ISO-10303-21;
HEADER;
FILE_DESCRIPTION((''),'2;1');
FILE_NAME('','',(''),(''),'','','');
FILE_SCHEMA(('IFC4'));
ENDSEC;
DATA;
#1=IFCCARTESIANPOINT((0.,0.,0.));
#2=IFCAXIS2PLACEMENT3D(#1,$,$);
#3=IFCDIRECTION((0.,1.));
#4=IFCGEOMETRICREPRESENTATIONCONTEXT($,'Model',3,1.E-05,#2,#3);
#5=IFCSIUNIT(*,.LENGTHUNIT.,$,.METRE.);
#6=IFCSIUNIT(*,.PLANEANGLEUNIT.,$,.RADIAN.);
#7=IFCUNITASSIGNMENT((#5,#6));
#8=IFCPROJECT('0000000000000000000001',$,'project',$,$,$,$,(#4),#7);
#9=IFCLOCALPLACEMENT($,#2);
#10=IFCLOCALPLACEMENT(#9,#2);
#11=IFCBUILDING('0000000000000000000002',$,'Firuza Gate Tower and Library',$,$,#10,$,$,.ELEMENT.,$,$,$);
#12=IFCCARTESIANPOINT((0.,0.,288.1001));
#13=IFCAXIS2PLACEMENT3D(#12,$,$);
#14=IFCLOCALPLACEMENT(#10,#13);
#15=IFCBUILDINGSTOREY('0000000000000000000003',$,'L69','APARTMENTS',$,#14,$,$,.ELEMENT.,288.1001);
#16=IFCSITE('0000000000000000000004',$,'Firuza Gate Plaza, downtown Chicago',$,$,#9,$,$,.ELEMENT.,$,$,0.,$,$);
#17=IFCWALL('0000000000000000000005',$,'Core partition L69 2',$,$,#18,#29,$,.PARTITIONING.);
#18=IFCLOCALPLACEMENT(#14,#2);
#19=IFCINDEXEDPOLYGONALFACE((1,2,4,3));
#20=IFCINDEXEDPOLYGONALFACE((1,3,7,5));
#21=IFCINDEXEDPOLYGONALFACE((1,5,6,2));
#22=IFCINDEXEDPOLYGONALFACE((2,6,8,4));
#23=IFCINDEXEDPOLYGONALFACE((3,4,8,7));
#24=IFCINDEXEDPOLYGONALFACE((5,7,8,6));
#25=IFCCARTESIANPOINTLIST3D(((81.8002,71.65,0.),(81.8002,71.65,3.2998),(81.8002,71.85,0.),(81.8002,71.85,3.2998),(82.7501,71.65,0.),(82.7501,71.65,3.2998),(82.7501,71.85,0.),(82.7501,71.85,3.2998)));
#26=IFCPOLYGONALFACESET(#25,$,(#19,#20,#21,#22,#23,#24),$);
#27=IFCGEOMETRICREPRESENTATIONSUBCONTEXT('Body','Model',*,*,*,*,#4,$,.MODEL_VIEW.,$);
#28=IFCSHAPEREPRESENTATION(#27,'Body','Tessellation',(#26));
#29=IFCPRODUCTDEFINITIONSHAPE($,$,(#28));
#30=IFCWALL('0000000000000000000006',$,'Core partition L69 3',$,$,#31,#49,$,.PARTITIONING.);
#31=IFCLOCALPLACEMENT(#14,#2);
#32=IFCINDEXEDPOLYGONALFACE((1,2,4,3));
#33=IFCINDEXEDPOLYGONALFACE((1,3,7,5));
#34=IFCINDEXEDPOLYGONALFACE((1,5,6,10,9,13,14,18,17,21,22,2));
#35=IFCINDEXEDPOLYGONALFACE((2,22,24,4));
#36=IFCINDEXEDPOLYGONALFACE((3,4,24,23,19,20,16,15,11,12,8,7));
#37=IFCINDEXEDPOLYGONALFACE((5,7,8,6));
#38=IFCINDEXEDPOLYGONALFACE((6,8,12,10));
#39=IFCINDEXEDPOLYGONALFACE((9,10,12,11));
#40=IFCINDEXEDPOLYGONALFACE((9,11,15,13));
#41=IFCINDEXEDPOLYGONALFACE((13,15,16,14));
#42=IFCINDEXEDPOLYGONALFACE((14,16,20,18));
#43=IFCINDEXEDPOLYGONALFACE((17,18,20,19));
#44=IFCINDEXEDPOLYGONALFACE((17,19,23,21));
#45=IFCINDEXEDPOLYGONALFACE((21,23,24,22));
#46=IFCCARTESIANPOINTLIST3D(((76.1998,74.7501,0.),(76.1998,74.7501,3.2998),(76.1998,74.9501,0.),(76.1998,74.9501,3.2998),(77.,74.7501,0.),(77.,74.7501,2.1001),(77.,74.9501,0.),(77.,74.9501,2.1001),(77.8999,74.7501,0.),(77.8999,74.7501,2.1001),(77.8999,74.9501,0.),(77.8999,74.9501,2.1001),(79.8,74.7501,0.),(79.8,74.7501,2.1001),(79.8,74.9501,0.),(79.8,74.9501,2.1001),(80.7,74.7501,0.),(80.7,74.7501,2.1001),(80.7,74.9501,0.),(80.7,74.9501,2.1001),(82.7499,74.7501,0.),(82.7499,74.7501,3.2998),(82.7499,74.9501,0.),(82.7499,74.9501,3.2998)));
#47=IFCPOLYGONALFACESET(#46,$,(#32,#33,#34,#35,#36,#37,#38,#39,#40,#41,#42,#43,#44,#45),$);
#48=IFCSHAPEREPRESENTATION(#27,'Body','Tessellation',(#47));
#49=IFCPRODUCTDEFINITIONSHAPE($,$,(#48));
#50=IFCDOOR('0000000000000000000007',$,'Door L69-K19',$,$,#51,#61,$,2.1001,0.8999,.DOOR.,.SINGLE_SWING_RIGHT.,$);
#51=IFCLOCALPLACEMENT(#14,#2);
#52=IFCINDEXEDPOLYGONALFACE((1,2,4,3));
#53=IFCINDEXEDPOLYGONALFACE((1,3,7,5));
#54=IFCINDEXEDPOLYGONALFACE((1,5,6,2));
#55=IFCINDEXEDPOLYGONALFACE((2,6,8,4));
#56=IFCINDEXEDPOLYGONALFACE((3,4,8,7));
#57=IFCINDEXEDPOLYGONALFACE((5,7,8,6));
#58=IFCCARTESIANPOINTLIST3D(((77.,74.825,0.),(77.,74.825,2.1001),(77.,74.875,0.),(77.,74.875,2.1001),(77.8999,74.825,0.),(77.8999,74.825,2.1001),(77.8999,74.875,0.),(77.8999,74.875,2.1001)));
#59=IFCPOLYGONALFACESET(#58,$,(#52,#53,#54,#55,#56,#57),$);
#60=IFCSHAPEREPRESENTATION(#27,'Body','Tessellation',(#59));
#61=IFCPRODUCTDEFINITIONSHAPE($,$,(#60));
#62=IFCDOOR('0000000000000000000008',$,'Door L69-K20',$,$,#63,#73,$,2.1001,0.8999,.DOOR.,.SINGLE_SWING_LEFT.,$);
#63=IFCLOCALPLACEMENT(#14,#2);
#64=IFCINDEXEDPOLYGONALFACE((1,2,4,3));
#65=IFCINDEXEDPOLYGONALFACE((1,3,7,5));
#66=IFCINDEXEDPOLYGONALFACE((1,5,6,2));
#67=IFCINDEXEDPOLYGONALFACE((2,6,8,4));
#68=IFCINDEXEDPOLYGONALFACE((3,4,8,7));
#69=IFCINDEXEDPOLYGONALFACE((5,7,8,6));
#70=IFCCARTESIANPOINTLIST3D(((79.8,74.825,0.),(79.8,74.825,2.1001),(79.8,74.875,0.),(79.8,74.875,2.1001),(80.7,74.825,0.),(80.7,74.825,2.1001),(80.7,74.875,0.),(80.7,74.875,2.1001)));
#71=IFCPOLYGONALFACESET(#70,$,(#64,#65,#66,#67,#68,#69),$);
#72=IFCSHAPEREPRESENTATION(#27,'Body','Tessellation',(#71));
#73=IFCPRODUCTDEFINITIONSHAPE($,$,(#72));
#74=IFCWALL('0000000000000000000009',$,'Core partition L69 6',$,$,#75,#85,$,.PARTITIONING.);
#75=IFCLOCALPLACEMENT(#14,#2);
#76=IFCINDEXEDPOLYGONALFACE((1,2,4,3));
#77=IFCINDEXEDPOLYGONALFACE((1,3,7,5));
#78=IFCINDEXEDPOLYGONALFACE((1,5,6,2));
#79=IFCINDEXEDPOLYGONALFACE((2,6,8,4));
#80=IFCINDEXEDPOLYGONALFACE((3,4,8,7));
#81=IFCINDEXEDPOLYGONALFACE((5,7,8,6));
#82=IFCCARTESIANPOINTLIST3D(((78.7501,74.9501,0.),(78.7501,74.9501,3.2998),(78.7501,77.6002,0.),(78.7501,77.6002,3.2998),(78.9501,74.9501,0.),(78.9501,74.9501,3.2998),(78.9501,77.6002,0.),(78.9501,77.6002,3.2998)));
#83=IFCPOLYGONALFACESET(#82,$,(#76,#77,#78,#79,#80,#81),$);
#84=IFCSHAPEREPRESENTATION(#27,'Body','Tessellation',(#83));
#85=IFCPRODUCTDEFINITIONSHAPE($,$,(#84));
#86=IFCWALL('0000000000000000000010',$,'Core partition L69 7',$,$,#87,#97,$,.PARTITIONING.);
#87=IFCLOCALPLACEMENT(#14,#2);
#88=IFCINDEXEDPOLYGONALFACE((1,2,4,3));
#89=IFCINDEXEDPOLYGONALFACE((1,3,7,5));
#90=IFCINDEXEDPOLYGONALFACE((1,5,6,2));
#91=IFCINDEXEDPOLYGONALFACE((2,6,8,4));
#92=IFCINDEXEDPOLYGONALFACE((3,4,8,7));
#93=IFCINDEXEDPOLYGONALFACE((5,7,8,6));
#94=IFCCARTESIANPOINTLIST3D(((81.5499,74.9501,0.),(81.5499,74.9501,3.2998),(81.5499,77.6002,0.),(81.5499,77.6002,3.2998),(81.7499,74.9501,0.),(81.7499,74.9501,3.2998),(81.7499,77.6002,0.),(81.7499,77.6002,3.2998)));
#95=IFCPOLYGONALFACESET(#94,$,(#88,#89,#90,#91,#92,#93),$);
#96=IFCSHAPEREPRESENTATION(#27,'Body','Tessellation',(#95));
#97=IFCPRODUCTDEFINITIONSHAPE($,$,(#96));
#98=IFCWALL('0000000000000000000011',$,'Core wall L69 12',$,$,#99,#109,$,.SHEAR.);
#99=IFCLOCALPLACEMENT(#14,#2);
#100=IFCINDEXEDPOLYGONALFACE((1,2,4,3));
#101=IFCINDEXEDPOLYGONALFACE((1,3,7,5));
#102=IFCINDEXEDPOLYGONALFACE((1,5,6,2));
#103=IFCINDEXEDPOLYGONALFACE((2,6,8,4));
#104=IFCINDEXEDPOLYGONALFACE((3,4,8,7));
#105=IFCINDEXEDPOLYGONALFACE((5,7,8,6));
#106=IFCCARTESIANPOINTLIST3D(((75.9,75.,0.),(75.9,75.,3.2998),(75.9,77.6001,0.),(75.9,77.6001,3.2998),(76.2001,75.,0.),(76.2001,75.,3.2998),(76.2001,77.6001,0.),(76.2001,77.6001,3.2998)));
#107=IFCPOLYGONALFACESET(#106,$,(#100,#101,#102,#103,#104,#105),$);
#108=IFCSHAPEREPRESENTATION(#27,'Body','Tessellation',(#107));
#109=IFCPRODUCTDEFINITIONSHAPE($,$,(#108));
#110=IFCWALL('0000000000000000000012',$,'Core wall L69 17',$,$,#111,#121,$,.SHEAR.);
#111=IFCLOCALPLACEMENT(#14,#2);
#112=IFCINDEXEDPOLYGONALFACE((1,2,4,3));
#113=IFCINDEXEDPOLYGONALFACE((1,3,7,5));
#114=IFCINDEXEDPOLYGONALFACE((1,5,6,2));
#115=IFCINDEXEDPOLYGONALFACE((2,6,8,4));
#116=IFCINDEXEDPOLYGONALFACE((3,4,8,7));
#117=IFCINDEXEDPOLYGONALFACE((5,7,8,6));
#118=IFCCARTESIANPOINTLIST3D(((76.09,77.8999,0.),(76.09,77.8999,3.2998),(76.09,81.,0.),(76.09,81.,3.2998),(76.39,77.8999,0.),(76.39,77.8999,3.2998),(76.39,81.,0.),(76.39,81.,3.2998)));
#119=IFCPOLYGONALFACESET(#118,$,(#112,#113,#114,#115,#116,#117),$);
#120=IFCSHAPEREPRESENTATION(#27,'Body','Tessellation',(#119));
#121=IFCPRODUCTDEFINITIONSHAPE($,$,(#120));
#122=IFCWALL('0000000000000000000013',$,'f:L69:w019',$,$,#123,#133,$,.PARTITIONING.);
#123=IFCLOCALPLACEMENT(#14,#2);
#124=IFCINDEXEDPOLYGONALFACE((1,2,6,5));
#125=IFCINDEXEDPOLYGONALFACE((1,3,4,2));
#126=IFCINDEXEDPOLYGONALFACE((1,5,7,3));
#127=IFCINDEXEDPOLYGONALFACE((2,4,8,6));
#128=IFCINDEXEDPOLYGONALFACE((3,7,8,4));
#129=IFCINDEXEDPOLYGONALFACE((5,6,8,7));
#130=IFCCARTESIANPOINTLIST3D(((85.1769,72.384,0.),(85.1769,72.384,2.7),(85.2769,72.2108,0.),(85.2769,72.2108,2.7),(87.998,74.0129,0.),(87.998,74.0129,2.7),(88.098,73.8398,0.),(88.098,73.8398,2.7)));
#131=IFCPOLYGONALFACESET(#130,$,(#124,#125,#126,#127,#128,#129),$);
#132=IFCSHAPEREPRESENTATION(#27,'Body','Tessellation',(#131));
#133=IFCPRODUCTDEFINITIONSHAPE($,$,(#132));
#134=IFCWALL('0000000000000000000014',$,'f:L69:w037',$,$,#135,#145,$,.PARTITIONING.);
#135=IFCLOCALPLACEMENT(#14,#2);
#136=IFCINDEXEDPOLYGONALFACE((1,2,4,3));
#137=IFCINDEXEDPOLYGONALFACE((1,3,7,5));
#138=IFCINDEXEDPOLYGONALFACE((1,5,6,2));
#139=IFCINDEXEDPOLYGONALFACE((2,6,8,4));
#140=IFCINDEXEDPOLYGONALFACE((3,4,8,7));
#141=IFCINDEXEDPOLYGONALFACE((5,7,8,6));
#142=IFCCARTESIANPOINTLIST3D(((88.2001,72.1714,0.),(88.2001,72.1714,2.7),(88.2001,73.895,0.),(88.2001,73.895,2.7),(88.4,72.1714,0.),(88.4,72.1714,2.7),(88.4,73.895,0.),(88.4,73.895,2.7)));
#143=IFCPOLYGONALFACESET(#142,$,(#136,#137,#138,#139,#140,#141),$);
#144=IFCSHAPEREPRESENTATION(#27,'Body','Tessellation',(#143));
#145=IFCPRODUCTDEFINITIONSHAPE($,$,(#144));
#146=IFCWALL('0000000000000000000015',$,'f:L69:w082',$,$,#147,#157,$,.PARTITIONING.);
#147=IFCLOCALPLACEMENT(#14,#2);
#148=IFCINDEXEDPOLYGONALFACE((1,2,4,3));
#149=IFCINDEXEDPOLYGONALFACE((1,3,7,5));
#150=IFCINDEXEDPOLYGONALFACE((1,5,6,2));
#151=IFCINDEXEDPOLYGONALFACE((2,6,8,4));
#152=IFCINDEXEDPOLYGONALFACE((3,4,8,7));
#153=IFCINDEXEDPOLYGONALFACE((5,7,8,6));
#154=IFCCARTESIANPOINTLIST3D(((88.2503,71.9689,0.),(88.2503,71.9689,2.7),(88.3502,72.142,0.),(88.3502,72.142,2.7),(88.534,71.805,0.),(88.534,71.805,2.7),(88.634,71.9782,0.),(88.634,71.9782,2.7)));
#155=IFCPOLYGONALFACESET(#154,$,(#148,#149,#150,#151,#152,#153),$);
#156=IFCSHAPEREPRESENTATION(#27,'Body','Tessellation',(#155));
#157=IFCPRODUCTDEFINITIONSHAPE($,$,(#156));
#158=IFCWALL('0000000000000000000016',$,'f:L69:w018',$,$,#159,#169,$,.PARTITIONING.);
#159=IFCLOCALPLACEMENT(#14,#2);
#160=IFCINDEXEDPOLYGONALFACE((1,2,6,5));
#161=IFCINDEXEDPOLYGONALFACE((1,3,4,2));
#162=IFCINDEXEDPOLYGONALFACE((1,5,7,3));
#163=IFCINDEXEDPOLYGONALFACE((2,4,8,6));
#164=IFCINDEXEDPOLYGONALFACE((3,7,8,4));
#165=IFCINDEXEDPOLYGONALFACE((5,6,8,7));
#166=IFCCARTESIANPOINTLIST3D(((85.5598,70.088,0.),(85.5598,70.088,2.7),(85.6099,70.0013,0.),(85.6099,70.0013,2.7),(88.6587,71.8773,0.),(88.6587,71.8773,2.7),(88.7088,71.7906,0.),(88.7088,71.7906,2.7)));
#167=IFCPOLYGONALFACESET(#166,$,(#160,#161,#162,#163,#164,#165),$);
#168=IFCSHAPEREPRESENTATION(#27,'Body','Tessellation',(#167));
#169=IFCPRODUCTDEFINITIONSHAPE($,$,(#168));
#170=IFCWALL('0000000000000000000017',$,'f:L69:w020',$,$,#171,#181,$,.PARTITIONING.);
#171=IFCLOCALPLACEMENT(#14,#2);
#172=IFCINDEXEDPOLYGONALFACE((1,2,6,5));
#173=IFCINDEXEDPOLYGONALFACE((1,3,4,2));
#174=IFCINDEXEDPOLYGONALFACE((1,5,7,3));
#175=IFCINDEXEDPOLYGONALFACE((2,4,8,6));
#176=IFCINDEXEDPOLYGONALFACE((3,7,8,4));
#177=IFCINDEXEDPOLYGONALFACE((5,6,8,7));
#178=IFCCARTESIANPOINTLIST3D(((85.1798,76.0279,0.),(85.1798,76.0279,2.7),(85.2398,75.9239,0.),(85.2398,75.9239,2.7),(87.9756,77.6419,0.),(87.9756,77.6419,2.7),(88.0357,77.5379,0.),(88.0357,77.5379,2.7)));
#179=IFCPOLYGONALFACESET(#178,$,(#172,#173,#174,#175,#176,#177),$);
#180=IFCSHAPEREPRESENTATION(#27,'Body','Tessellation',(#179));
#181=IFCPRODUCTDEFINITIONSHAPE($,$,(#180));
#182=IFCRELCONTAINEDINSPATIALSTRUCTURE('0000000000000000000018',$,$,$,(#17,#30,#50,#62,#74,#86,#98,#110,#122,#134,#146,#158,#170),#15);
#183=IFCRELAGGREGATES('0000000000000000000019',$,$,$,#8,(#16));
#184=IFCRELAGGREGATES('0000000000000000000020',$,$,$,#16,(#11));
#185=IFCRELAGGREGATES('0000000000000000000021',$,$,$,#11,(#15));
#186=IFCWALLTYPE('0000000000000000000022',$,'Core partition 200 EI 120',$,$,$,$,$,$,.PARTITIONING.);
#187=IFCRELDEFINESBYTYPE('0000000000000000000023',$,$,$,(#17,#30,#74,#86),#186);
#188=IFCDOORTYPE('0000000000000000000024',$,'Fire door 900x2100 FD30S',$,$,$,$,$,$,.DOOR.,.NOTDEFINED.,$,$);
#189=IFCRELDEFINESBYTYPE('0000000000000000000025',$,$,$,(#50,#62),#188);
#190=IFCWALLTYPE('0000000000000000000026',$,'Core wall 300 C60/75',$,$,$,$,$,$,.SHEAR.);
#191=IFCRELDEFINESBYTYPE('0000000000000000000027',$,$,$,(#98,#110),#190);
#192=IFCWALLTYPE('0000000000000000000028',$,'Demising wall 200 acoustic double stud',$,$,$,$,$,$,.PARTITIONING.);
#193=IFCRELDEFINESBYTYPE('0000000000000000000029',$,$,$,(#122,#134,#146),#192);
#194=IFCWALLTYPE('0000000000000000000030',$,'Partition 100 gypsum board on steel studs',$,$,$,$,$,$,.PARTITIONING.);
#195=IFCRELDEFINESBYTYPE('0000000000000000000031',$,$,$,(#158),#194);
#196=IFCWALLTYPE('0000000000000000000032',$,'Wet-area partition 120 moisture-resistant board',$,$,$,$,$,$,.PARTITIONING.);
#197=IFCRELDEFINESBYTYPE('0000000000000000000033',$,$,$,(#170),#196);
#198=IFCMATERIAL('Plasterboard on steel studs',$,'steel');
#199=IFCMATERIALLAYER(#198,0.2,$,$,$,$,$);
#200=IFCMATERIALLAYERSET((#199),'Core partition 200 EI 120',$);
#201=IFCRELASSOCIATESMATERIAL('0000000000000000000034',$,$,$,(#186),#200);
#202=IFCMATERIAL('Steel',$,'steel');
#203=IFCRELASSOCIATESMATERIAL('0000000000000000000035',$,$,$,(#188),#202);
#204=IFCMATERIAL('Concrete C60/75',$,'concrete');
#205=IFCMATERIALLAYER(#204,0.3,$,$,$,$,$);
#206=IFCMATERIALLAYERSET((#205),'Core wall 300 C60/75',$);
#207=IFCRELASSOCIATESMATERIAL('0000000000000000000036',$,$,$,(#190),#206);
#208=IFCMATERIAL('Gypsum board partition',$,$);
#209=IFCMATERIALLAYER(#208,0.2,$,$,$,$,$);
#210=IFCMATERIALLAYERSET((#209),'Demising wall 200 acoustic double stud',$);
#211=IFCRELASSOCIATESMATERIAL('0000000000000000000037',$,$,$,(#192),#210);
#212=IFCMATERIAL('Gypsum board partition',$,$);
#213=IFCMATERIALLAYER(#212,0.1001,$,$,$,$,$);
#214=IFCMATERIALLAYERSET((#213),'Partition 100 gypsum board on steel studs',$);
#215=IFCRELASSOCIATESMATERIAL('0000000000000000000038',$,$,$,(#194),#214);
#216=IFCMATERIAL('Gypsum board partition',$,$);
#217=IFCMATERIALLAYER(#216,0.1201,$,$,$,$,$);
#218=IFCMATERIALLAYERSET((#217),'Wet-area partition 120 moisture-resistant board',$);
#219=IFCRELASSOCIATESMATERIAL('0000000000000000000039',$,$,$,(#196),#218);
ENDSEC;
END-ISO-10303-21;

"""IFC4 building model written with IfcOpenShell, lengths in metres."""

from ifc_helpers import new_model, si_unit, direction, frame, frame_2d, origin, place, context, subcontext, project, spatial, rectangle, extrude, material, layer, layer_set, type_object, element, fill, save


model = new_model("IFC4")

# Units and contexts
model_context = context("Model", 3, precision=1e-05, world=origin(), true_north=direction((0.0, 1.0)))
body_context = subcontext(model_context, "Body", "Model", "MODEL_VIEW")
ifc_project = project(units=[si_unit("LENGTHUNIT", "METRE"), si_unit("PLANEANGLEUNIT", "RADIAN")], contexts=[model_context])

# Site, building, storey
site_placement = place(None, origin())
site = spatial("IfcSite", under=ifc_project, at=site_placement, Name="Firuza Gate Plaza, downtown Chicago", CompositionType="ELEMENT", RefElevation=0.0)
building_placement = place(site_placement, origin())
building = spatial("IfcBuilding", under=site, at=building_placement, Name="Firuza Gate Tower and Library", CompositionType="ELEMENT")
storey_placement = place(building_placement, frame((0.0, 0.0, 288.1001)))
storey = spatial("IfcBuildingStorey", under=building, at=storey_placement, Name="L69", Description="APARTMENTS", CompositionType="ELEMENT", Elevation=288.1001)

# Wall
ifc_material_1 = material(Name="Plasterboard on steel studs", Category="steel")
ifc_layer_1 = layer(ifc_material_1, 0.2)
ifc_layer_set_1 = layer_set([ifc_layer_1], Name="Core partition 200 EI 120")
wall_type_1 = type_object("IfcWallType", Name="Core partition 200 EI 120", PredefinedType="PARTITIONING", material=ifc_layer_set_1)
wall_1_placement = place(storey_placement, frame((81.8, 71.75, 0.0), z_axis=(0.0, 0.0, 1.0), x_axis=(1.0, 0.0, 0.0)))
element("IfcWall", 1, at=wall_1_placement, inside=storey, type_object=wall_type_1, Name="Core partition L69 2", PredefinedType="PARTITIONING", context=body_context, shape_type="SweptSolid", body=[
    extrude(rectangle(XDim=0.95, YDim=0.2, at=frame_2d((0.4751, 0.0))), origin(), (0.0, 0.0, 1.0), 3.2998),
])

# Wall, openings, doors
wall_2_placement = place(storey_placement, frame((76.2, 74.8501, 0.0), z_axis=(0.0, 0.0, 1.0), x_axis=(1.0, 0.0, 0.0)))
wall_2 = element("IfcWall", 2, at=wall_2_placement, inside=storey, type_object=wall_type_1, Name="Core partition L69 3", PredefinedType="PARTITIONING", context=body_context, shape_type="SweptSolid", body=[
    extrude(rectangle(XDim=6.55, YDim=0.2, at=frame_2d((3.2749, 0.0))), origin(), (0.0, 0.0, 1.0), 3.2998),
])
opening_1_placement = place(wall_2_placement, frame((0.8, 0.0, 0.0)))
opening_1 = element("IfcOpeningElement", 3, at=opening_1_placement, cuts=wall_2, PredefinedType="OPENING", context=body_context, shape_type="SweptSolid", body=[
    extrude(rectangle(XDim=0.8999, YDim=2.1001, at=frame_2d((0.45, 1.05))), frame((0.0, 0.1099, 0.0), z_axis=(0.0, -1.0, 0.0), x_axis=(1.0, 0.0, 0.0)), (0.0, 0.0, 1.0), 0.22),
])
opening_2_placement = place(wall_2_placement, frame((3.6001, 0.0, 0.0)))
opening_2 = element("IfcOpeningElement", 4, at=opening_2_placement, cuts=wall_2, PredefinedType="OPENING", context=body_context, shape_type="SweptSolid", body=[
    extrude(rectangle(XDim=0.8999, YDim=2.1001, at=frame_2d((0.45, 1.05))), frame((0.0, 0.1099, 0.0), z_axis=(0.0, -1.0, 0.0), x_axis=(1.0, 0.0, 0.0)), (0.0, 0.0, 1.0), 0.22),
])
ifc_material_2 = material(Name="Steel", Category="steel")
door_type = type_object("IfcDoorType", Name="Fire door 900x2100 FD30S", OperationType="NOTDEFINED", PredefinedType="DOOR", material=ifc_material_2)
door_1_placement = place(opening_1_placement, origin())
door_1 = element("IfcDoor", 5, at=door_1_placement, inside=storey, type_object=door_type, Name="Door L69-K19", OperationType="SINGLE_SWING_RIGHT", OverallHeight=2.1001, OverallWidth=0.8999, PredefinedType="DOOR", context=body_context, shape_type="SweptSolid", body=[
    extrude(rectangle(XDim=0.8999, YDim=2.1001, at=frame_2d((0.45, 1.05))), frame((0.0, 0.0249, 0.0), z_axis=(0.0, -1.0, 0.0), x_axis=(1.0, 0.0, 0.0)), (0.0, 0.0, 1.0), 0.05),
])
fill(opening_1, door_1)
door_2_placement = place(opening_2_placement, origin())
door_2 = element("IfcDoor", 6, at=door_2_placement, inside=storey, type_object=door_type, Name="Door L69-K20", OperationType="SINGLE_SWING_LEFT", OverallHeight=2.1001, OverallWidth=0.8999, PredefinedType="DOOR", context=body_context, shape_type="SweptSolid", body=[
    extrude(rectangle(XDim=0.8999, YDim=2.1001, at=frame_2d((0.45, 1.05))), frame((0.0, 0.0249, 0.0), z_axis=(0.0, -1.0, 0.0), x_axis=(1.0, 0.0, 0.0)), (0.0, 0.0, 1.0), 0.05),
])
fill(opening_2, door_2)

# Walls
for number, where, z_axis, x_axis, name in (
    (7, (78.8501, 74.95, 0.0), (0.0, 0.0, 1.0), (0.0, 1.0, 0.0), "Core partition L69 6"),
    (8, (81.6499, 74.95, 0.0), (0.0, 0.0, 1.0), (0.0, 1.0, 0.0), "Core partition L69 7"),
):
    element("IfcWall", number, at=place(storey_placement, frame(where, z_axis=z_axis, x_axis=x_axis)), inside=storey, type_object=wall_type_1, Name=name, PredefinedType="PARTITIONING", context=body_context, shape_type="SweptSolid", body=[
        extrude(rectangle(XDim=2.6501, YDim=0.2, at=frame_2d((1.3252, 0.0))), origin(), (0.0, 0.0, 1.0), 3.2998),
    ])
ifc_material_3 = material(Name="Concrete C60/75", Category="concrete")
ifc_layer_2 = layer(ifc_material_3, 0.3)
ifc_layer_set_2 = layer_set([ifc_layer_2], Name="Core wall 300 C60/75")
wall_type_2 = type_object("IfcWallType", Name="Core wall 300 C60/75", PredefinedType="SHEAR", material=ifc_layer_set_2)
wall_3_placement = place(storey_placement, frame((76.05, 75.0, 0.0), z_axis=(0.0, 0.0, 1.0), x_axis=(0.0, 1.0, 0.0)))
element("IfcWall", 9, at=wall_3_placement, inside=storey, type_object=wall_type_2, Name="Core wall L69 12", PredefinedType="SHEAR", context=body_context, shape_type="SweptSolid", body=[
    extrude(rectangle(XDim=2.6001, YDim=0.3, at=frame_2d((1.3, 0.0))), origin(), (0.0, 0.0, 1.0), 3.2998),
])
wall_4_placement = place(storey_placement, frame((76.24, 77.8999, 0.0), z_axis=(0.0, 0.0, 1.0), x_axis=(0.0, 1.0, 0.0)))
element("IfcWall", 10, at=wall_4_placement, inside=storey, type_object=wall_type_2, Name="Core wall L69 17", PredefinedType="SHEAR", context=body_context, shape_type="SweptSolid", body=[
    extrude(rectangle(XDim=3.1001, YDim=0.3, at=frame_2d((1.55, 0.0))), origin(), (0.0, 0.0, 1.0), 3.2998),
])
ifc_material_4 = material(Name="Gypsum board partition")
ifc_layer_3 = layer(ifc_material_4, 0.2)
ifc_layer_set_3 = layer_set([ifc_layer_3], Name="Demising wall 200 acoustic double stud")
wall_type_3 = type_object("IfcWallType", Name="Demising wall 200 acoustic double stud", PredefinedType="PARTITIONING", material=ifc_layer_set_3)
wall_5_placement = place(storey_placement, frame((85.2268, 72.2974, 0.0), z_axis=(0.0, 0.0, 1.0), x_axis=(0.866002, 0.50004, 0.0)))
element("IfcWall", 11, at=wall_5_placement, inside=storey, type_object=wall_type_3, Name="f:L69:w019", PredefinedType="PARTITIONING", context=body_context, shape_type="SweptSolid", body=[
    extrude(rectangle(XDim=3.2576, YDim=0.2, at=frame_2d((1.6289, 0.0))), origin(), (0.0, 0.0, 1.0), 2.7),
])
wall_6_placement = place(storey_placement, frame((88.3, 72.1714, 0.0), z_axis=(0.0, 0.0, 1.0), x_axis=(0.0, 1.0, 0.0)))
element("IfcWall", 12, at=wall_6_placement, inside=storey, type_object=wall_type_3, Name="f:L69:w037", PredefinedType="PARTITIONING", context=body_context, shape_type="SweptSolid", body=[
    extrude(rectangle(XDim=1.7236, YDim=0.2, at=frame_2d((0.8618, 0.0))), origin(), (0.0, 0.0, 1.0), 2.7),
])
wall_7_placement = place(storey_placement, frame((88.584, 71.8916, 0.0), z_axis=(0.0, 0.0, 1.0), x_axis=(-0.865987, 0.500067, 0.0)))
element("IfcWall", 13, at=wall_7_placement, inside=storey, type_object=wall_type_3, Name="f:L69:w082", PredefinedType="PARTITIONING", context=body_context, shape_type="SweptSolid", body=[
    extrude(rectangle(XDim=0.3276, YDim=0.2, at=frame_2d((0.1638, 0.0))), origin(), (0.0, 0.0, 1.0), 2.7),
])
ifc_material_5 = material(Name="Gypsum board partition")
ifc_layer_4 = layer(ifc_material_5, 0.1001)
ifc_layer_set_4 = layer_set([ifc_layer_4], Name="Partition 100 gypsum board on steel studs")
wall_type_4 = type_object("IfcWallType", Name="Partition 100 gypsum board on steel studs", PredefinedType="PARTITIONING", material=ifc_layer_set_4)
wall_8_placement = place(storey_placement, frame((85.585, 70.0447, 0.0), z_axis=(0.0, 0.0, 1.0), x_axis=(0.866005, 0.500035, 0.0)))
element("IfcWall", 14, at=wall_8_placement, inside=storey, type_object=wall_type_4, Name="f:L69:w018", PredefinedType="PARTITIONING", context=body_context, shape_type="SweptSolid", body=[
    extrude(rectangle(XDim=3.5784, YDim=0.1001, at=frame_2d((1.7891, 0.0))), origin(), (0.0, 0.0, 1.0), 2.7),
])
ifc_material_6 = material(Name="Gypsum board partition")
ifc_layer_5 = layer(ifc_material_6, 0.1201)
ifc_layer_set_5 = layer_set([ifc_layer_5], Name="Wet-area partition 120 moisture-resistant board")
wall_type_5 = type_object("IfcWallType", Name="Wet-area partition 120 moisture-resistant board", PredefinedType="PARTITIONING", material=ifc_layer_set_5)
wall_9_placement = place(storey_placement, frame((85.2097, 75.9758, 0.0), z_axis=(0.0, 0.0, 1.0), x_axis=(0.866052, 0.499954, 0.0)))
element("IfcWall", 15, at=wall_9_placement, inside=storey, type_object=wall_type_5, Name="f:L69:w020", PredefinedType="PARTITIONING", context=body_context, shape_type="SweptSolid", body=[
    extrude(rectangle(XDim=3.2283, YDim=0.1201, at=frame_2d((1.6143, 0.0))), origin(), (0.0, 0.0, 1.0), 2.7),
])

save(model, "model.ifc")
